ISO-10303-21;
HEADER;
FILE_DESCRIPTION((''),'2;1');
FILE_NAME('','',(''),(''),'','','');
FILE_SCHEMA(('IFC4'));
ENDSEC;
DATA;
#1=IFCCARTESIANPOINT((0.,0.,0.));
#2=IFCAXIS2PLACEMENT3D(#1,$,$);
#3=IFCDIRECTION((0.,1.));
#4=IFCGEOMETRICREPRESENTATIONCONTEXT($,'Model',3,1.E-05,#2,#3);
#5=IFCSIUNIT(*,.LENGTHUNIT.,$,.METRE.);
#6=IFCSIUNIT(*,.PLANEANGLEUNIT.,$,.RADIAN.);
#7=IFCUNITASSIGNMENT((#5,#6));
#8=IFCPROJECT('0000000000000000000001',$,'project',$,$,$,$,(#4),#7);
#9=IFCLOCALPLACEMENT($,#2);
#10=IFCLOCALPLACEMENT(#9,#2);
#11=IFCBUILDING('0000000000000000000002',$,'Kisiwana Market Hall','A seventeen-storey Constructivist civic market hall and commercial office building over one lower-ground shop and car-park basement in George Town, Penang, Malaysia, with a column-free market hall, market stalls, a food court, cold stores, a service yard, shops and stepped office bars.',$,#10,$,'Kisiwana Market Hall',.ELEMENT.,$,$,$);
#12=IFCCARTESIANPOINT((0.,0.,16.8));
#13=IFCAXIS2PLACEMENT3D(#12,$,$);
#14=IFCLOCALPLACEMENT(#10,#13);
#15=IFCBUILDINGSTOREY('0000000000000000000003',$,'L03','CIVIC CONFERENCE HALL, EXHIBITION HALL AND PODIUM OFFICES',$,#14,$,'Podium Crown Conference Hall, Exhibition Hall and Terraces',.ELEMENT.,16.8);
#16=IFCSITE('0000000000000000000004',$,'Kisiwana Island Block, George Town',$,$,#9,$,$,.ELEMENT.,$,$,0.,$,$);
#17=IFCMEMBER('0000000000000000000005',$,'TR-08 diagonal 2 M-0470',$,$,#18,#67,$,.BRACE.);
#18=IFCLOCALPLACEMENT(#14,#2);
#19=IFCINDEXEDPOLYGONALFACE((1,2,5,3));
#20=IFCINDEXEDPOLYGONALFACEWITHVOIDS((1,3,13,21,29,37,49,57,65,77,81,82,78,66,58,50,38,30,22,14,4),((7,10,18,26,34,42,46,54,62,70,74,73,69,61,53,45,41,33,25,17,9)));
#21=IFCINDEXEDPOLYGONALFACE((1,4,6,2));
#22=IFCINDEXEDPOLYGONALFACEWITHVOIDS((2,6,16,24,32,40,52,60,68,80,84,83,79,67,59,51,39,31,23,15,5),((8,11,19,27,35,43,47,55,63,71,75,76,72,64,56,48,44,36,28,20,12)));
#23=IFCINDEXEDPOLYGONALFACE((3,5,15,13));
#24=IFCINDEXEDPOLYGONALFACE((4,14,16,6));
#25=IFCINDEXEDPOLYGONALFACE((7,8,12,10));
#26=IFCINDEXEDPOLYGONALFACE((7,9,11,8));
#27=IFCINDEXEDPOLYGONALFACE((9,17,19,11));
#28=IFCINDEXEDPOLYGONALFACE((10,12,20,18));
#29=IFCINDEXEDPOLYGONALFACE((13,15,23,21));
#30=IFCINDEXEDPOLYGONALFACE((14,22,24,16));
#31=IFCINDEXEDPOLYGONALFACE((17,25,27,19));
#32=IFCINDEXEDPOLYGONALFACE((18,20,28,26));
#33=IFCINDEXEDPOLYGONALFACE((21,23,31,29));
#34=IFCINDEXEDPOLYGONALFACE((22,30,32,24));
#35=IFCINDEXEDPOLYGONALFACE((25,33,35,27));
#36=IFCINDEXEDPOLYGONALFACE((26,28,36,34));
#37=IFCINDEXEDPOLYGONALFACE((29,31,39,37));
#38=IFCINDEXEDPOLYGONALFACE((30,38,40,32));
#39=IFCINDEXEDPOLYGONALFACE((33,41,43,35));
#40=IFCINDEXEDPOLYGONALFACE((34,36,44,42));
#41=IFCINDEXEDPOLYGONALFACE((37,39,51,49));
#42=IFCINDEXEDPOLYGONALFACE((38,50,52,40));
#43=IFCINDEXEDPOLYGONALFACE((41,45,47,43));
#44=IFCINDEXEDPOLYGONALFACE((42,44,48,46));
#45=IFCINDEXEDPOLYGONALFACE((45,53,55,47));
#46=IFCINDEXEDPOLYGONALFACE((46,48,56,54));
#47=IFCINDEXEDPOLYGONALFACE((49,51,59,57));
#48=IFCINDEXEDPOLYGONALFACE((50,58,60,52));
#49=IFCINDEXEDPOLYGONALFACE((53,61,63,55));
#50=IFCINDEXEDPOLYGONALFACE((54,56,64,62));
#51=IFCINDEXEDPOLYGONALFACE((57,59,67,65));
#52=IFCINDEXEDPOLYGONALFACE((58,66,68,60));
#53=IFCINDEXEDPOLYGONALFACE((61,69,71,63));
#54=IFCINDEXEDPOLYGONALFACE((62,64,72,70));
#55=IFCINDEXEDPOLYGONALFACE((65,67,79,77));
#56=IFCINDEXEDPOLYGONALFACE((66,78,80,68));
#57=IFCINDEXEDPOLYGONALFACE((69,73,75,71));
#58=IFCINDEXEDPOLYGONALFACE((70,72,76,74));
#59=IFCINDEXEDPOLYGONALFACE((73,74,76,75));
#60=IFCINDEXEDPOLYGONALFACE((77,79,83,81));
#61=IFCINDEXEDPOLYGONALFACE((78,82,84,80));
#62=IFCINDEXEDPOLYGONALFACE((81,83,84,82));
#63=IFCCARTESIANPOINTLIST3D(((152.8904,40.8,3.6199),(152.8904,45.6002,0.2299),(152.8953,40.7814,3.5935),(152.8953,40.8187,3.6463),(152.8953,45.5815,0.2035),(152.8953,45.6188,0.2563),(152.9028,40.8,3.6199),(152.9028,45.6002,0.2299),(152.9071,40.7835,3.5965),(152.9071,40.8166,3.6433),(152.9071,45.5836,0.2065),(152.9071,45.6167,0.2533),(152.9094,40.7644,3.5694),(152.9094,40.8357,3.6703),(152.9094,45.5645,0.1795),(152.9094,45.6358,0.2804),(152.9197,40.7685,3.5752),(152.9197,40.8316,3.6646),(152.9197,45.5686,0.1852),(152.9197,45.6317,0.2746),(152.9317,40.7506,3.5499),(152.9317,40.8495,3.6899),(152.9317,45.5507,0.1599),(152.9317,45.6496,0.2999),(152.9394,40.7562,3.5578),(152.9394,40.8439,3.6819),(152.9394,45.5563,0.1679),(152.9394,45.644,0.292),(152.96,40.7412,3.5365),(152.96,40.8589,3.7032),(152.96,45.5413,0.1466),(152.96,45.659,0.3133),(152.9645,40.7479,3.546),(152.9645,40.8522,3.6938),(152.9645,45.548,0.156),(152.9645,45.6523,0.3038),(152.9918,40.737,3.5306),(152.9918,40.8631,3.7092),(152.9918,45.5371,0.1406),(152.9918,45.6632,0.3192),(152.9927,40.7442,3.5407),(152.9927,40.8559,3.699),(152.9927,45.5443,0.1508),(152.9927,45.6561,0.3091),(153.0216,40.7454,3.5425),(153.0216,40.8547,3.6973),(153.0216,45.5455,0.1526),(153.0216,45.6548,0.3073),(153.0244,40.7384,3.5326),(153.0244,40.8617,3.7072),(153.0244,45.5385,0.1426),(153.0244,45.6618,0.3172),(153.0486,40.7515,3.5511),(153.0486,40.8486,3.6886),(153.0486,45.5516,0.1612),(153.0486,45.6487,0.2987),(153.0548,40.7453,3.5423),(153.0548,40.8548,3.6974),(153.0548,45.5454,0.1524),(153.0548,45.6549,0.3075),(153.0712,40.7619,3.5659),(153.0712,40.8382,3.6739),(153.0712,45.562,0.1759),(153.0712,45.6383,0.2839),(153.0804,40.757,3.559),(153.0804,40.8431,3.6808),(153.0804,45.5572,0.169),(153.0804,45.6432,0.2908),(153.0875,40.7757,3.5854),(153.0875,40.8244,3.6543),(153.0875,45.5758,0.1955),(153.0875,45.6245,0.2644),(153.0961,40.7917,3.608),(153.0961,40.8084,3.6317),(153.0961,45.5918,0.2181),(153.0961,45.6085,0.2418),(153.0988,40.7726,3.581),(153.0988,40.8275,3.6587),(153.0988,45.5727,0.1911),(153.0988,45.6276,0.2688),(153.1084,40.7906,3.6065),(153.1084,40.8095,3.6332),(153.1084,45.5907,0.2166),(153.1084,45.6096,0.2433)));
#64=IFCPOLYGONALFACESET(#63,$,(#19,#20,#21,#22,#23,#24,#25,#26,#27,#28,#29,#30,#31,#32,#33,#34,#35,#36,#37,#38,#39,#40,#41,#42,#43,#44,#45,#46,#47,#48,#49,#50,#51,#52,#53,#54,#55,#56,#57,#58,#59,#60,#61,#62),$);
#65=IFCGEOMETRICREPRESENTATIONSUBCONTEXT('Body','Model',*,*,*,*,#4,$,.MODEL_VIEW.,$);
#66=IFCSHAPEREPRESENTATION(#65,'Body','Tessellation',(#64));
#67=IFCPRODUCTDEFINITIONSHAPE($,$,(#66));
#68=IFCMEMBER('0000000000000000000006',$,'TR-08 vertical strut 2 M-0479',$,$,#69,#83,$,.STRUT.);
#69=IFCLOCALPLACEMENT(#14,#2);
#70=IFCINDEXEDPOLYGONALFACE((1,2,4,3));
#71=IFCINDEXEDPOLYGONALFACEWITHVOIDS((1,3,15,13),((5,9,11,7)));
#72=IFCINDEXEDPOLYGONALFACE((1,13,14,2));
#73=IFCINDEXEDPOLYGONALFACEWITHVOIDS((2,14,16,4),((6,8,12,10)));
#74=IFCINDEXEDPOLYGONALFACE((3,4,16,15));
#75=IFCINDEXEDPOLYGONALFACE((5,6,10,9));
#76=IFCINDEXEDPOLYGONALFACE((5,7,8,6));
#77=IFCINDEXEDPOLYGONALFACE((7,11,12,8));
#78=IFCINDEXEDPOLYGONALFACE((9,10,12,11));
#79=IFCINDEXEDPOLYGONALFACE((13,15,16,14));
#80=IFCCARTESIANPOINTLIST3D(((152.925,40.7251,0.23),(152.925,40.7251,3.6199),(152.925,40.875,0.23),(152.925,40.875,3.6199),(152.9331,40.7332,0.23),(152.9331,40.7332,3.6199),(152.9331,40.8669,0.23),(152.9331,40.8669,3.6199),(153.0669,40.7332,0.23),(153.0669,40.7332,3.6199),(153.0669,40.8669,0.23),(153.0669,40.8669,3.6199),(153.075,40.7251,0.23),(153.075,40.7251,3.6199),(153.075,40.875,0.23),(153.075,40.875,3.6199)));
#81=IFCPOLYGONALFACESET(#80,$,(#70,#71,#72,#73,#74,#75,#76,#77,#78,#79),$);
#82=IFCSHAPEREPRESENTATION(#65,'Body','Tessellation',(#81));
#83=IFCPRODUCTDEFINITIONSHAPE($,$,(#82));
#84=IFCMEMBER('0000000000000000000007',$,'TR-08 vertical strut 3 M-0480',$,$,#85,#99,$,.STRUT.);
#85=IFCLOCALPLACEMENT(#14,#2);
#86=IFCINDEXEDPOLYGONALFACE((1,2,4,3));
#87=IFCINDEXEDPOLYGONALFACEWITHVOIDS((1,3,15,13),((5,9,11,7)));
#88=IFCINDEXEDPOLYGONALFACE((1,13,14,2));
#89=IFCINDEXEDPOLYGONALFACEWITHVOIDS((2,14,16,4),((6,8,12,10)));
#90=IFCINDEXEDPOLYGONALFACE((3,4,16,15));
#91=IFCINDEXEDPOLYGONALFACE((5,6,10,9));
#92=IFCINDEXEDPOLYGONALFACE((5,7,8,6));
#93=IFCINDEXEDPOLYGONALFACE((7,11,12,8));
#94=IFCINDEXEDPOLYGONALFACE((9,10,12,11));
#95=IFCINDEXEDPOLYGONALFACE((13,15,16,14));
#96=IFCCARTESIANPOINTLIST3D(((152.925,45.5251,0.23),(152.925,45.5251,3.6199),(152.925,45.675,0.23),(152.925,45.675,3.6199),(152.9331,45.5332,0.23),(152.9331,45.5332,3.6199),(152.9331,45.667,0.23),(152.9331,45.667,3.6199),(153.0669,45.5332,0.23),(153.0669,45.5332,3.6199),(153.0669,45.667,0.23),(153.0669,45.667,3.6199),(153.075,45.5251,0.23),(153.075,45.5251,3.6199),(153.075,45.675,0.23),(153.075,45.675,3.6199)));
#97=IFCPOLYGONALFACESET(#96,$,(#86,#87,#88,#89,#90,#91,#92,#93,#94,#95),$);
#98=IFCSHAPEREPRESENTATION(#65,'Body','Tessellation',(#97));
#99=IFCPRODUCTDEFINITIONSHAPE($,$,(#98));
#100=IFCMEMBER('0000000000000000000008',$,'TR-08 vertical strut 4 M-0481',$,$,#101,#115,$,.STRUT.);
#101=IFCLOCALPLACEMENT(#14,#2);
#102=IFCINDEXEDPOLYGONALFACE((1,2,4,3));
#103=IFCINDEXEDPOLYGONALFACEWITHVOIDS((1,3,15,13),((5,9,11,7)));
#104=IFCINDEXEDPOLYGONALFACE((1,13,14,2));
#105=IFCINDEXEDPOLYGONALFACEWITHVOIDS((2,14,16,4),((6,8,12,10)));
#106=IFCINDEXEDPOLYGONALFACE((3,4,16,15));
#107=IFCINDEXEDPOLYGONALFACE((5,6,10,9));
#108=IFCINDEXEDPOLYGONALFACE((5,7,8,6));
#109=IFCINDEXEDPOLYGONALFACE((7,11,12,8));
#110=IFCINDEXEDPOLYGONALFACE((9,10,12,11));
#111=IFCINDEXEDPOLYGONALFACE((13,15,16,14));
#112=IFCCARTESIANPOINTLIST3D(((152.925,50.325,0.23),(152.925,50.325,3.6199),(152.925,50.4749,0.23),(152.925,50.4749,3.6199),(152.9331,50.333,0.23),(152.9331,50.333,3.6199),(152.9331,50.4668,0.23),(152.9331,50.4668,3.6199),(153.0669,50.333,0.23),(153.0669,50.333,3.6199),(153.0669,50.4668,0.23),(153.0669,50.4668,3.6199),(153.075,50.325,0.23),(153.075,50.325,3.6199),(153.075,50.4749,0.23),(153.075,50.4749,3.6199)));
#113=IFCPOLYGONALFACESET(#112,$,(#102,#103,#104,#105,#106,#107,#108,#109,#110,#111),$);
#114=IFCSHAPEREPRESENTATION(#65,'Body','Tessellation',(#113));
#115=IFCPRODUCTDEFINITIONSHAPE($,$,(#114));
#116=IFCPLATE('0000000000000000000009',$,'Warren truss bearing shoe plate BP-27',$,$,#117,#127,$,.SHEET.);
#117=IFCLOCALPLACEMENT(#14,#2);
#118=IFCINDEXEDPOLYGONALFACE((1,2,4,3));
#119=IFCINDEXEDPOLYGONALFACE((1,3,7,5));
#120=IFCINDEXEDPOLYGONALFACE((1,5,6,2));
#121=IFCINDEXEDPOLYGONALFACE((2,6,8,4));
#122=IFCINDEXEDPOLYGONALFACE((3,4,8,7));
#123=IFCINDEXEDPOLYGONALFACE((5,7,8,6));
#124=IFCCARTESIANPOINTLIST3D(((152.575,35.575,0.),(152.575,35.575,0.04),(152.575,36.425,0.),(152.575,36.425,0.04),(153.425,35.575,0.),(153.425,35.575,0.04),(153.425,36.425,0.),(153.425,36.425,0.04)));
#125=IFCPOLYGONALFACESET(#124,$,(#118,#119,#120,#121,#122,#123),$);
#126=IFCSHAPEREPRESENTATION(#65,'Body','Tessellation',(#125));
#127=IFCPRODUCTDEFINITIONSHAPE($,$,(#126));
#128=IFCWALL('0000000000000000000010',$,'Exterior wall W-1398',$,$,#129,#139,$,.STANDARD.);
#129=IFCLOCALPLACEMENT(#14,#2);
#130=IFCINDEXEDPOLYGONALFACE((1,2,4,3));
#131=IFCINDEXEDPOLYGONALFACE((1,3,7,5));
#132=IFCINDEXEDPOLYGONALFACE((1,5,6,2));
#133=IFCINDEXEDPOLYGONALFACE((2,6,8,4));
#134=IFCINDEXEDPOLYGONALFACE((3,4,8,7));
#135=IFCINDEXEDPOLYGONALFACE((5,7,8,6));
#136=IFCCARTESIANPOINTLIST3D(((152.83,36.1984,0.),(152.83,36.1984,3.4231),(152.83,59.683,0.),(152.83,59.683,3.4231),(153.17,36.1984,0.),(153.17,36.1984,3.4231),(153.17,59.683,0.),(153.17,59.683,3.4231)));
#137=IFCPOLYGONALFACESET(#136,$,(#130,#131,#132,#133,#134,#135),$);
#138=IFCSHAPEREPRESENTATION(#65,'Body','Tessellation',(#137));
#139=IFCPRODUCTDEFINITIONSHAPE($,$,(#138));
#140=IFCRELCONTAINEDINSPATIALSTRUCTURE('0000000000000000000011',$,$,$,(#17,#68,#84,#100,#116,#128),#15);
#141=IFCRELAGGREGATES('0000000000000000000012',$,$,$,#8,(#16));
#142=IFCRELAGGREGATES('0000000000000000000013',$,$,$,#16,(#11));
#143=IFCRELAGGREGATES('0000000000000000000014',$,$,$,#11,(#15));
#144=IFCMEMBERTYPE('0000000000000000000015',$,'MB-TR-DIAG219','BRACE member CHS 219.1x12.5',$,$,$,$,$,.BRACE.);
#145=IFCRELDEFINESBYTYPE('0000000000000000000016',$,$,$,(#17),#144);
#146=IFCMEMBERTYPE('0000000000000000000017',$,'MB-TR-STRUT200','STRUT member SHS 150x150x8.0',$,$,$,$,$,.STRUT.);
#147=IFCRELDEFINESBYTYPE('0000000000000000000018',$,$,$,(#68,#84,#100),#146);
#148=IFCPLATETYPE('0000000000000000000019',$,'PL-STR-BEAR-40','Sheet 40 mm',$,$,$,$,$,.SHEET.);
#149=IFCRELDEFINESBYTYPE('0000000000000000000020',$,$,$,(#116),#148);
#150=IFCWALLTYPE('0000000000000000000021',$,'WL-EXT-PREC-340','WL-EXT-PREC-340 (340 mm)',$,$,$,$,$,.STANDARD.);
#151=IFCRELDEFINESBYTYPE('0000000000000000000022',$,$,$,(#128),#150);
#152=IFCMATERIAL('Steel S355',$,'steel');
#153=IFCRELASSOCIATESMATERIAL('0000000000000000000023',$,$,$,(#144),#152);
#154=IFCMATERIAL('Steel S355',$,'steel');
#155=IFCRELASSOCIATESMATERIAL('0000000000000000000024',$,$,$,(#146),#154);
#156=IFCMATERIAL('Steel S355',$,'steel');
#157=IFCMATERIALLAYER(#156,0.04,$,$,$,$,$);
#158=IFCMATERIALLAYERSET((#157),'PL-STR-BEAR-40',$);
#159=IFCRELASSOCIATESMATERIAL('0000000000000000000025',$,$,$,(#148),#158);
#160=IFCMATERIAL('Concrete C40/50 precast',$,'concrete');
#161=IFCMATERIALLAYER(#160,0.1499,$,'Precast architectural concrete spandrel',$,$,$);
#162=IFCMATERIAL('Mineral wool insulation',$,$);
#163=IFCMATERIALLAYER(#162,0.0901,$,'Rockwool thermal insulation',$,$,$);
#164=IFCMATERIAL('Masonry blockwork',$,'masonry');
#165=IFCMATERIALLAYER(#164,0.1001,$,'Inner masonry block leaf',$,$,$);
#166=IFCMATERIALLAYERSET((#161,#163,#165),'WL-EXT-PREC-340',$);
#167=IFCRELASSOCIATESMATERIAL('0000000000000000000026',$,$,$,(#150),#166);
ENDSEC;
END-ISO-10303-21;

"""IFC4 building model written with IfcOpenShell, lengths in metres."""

from ifc_helpers import new_model, si_unit, direction, frame, frame_2d, origin, origin_2d, place, context, subcontext, project, spatial, rectangle, hollow_rectangle, hollow_circle, extrude, material, layer, layer_set, material_profile, profile_set, type_object, element, save


model = new_model("IFC4")

# Units and contexts
model_context = context("Model", 3, precision=1e-05, world=origin(), true_north=direction((0.0, 1.0)))
body_context = subcontext(model_context, "Body", "Model", "MODEL_VIEW")
ifc_project = project(units=[si_unit("LENGTHUNIT", "METRE"), si_unit("PLANEANGLEUNIT", "RADIAN")], contexts=[model_context])

# Site, building, storey
site_placement = place(None, origin())
site = spatial("IfcSite", under=ifc_project, at=site_placement, Name="Kisiwana Island Block, George Town", CompositionType="ELEMENT", RefElevation=0.0)
building_placement = place(site_placement, origin())
building = spatial("IfcBuilding", under=site, at=building_placement, Name="Kisiwana Market Hall", Description="A seventeen-storey Constructivist civic market hall and commercial office building over one lower-ground shop and car-park basement in George Town, Penang, Malaysia, with a column-free market hall, market stalls, a food court, cold stores, a service yard, shops and stepped office bars.", LongName="Kisiwana Market Hall", CompositionType="ELEMENT")
storey_placement = place(building_placement, frame((0.0, 0.0, 16.8)))
storey = spatial("IfcBuildingStorey", under=building, at=storey_placement, Name="L03", Description="CIVIC CONFERENCE HALL, EXHIBITION HALL AND PODIUM OFFICES", LongName="Podium Crown Conference Hall, Exhibition Hall and Terraces", CompositionType="ELEMENT", Elevation=16.8)

# Members
ifc_material_1 = material(Name="Steel S355", Category="steel")
ifc_material_profile_1 = material_profile(ifc_material_1, hollow_circle(Radius=0.1096, WallThickness=0.0125, at=origin_2d()), Name="CHS 219.1x12.5")
ifc_profile_set_1 = profile_set([ifc_material_profile_1], Name="Steel S355")
member_type_1 = type_object("IfcMemberType", Name="MB-TR-DIAG219", Description="BRACE member CHS 219.1x12.5", PredefinedType="BRACE", material=ifc_profile_set_1)
for number, where, z_axis, x_axis, name in (
    (1, (153.0, 40.8, 3.6199), (0.0, 0.816838, -0.576868), (-1.0, 0.0, 0.0), "TR-08 diagonal 2 M-0470"),
):
    element("IfcMember", number, at=place(storey_placement, frame(where, z_axis=z_axis, x_axis=x_axis)), inside=storey, type_object=member_type_1, Name=name, PredefinedType="BRACE", context=body_context, shape_type="SweptSolid", body=[
        extrude(hollow_circle(Radius=0.1096, WallThickness=0.0125, at=origin_2d()), origin(), (0.0, 0.0, 1.0), 5.8765),
    ])
ifc_material_2 = material(Name="Steel S355", Category="steel")
ifc_material_profile_2 = material_profile(ifc_material_2, hollow_rectangle(XDim=0.1499, YDim=0.1499, WallThickness=0.0081, at=origin_2d()), Name="SHS 150x150x8.0")
ifc_profile_set_2 = profile_set([ifc_material_profile_2], Name="Steel S355")
member_type_2 = type_object("IfcMemberType", Name="MB-TR-STRUT200", Description="STRUT member SHS 150x150x8.0", PredefinedType="STRUT", material=ifc_profile_set_2)
for number, where, z_axis, x_axis, name in (
    (2, (153.0, 40.8, 0.23), (0.0, 0.0, 1.0), (1.0, 0.0, 0.0), "TR-08 vertical strut 2 M-0479"),
    (3, (153.0, 45.6001, 0.23), (0.0, 0.0, 1.0), (1.0, 0.0, 0.0), "TR-08 vertical strut 3 M-0480"),
    (4, (153.0, 50.3999, 0.23), (0.0, 0.0, 1.0), (1.0, 0.0, 0.0), "TR-08 vertical strut 4 M-0481"),
):
    element("IfcMember", number, at=place(storey_placement, frame(where, z_axis=z_axis, x_axis=x_axis)), inside=storey, type_object=member_type_2, Name=name, PredefinedType="STRUT", context=body_context, shape_type="SweptSolid", body=[
        extrude(hollow_rectangle(XDim=0.1499, YDim=0.1499, WallThickness=0.0081, at=origin_2d()), origin(), (0.0, 0.0, 1.0), 3.3899),
    ])

# Plate
ifc_material_3 = material(Name="Steel S355", Category="steel")
ifc_layer_1 = layer(ifc_material_3, 0.04)
ifc_layer_set_1 = layer_set([ifc_layer_1], Name="PL-STR-BEAR-40")
plate_type = type_object("IfcPlateType", Name="PL-STR-BEAR-40", Description="Sheet 40 mm", PredefinedType="SHEET", material=ifc_layer_set_1)
plate_placement = place(storey_placement, frame((153.0, 36.0, 0.0), z_axis=(0.0, 0.0, 1.0), x_axis=(1.0, 0.0, 0.0)))
element("IfcPlate", 5, at=plate_placement, inside=storey, type_object=plate_type, Name="Warren truss bearing shoe plate BP-27", PredefinedType="SHEET", context=body_context, shape_type="SweptSolid", body=[
    extrude(rectangle(XDim=0.8501, YDim=0.8501, at=origin_2d()), origin(), (0.0, 0.0, 1.0), 0.04),
])

# Wall
ifc_material_4 = material(Name="Concrete C40/50 precast", Category="concrete")
ifc_layer_2 = layer(ifc_material_4, 0.1499, Name="Precast architectural concrete spandrel")
ifc_material_5 = material(Name="Mineral wool insulation")
ifc_layer_3 = layer(ifc_material_5, 0.0901, Name="Rockwool thermal insulation")
ifc_material_6 = material(Name="Masonry blockwork", Category="masonry")
ifc_layer_4 = layer(ifc_material_6, 0.1001, Name="Inner masonry block leaf")
ifc_layer_set_2 = layer_set([ifc_layer_2, ifc_layer_3, ifc_layer_4], Name="WL-EXT-PREC-340")
wall_type = type_object("IfcWallType", Name="WL-EXT-PREC-340", Description="WL-EXT-PREC-340 (340 mm)", PredefinedType="STANDARD", material=ifc_layer_set_2)
wall_placement = place(storey_placement, frame((153.0, 36.1985, 0.0), z_axis=(0.0, 0.0, 1.0), x_axis=(0.0, 1.0, 0.0)))
element("IfcWall", 6, at=wall_placement, inside=storey, type_object=wall_type, Name="Exterior wall W-1398", PredefinedType="STANDARD", context=body_context, shape_type="SweptSolid", body=[
    extrude(rectangle(XDim=23.4846, YDim=0.3401, at=frame_2d((11.7422, 0.0))), origin(), (0.0, 0.0, 1.0), 3.4231),
])

save(model, "model.ifc")
